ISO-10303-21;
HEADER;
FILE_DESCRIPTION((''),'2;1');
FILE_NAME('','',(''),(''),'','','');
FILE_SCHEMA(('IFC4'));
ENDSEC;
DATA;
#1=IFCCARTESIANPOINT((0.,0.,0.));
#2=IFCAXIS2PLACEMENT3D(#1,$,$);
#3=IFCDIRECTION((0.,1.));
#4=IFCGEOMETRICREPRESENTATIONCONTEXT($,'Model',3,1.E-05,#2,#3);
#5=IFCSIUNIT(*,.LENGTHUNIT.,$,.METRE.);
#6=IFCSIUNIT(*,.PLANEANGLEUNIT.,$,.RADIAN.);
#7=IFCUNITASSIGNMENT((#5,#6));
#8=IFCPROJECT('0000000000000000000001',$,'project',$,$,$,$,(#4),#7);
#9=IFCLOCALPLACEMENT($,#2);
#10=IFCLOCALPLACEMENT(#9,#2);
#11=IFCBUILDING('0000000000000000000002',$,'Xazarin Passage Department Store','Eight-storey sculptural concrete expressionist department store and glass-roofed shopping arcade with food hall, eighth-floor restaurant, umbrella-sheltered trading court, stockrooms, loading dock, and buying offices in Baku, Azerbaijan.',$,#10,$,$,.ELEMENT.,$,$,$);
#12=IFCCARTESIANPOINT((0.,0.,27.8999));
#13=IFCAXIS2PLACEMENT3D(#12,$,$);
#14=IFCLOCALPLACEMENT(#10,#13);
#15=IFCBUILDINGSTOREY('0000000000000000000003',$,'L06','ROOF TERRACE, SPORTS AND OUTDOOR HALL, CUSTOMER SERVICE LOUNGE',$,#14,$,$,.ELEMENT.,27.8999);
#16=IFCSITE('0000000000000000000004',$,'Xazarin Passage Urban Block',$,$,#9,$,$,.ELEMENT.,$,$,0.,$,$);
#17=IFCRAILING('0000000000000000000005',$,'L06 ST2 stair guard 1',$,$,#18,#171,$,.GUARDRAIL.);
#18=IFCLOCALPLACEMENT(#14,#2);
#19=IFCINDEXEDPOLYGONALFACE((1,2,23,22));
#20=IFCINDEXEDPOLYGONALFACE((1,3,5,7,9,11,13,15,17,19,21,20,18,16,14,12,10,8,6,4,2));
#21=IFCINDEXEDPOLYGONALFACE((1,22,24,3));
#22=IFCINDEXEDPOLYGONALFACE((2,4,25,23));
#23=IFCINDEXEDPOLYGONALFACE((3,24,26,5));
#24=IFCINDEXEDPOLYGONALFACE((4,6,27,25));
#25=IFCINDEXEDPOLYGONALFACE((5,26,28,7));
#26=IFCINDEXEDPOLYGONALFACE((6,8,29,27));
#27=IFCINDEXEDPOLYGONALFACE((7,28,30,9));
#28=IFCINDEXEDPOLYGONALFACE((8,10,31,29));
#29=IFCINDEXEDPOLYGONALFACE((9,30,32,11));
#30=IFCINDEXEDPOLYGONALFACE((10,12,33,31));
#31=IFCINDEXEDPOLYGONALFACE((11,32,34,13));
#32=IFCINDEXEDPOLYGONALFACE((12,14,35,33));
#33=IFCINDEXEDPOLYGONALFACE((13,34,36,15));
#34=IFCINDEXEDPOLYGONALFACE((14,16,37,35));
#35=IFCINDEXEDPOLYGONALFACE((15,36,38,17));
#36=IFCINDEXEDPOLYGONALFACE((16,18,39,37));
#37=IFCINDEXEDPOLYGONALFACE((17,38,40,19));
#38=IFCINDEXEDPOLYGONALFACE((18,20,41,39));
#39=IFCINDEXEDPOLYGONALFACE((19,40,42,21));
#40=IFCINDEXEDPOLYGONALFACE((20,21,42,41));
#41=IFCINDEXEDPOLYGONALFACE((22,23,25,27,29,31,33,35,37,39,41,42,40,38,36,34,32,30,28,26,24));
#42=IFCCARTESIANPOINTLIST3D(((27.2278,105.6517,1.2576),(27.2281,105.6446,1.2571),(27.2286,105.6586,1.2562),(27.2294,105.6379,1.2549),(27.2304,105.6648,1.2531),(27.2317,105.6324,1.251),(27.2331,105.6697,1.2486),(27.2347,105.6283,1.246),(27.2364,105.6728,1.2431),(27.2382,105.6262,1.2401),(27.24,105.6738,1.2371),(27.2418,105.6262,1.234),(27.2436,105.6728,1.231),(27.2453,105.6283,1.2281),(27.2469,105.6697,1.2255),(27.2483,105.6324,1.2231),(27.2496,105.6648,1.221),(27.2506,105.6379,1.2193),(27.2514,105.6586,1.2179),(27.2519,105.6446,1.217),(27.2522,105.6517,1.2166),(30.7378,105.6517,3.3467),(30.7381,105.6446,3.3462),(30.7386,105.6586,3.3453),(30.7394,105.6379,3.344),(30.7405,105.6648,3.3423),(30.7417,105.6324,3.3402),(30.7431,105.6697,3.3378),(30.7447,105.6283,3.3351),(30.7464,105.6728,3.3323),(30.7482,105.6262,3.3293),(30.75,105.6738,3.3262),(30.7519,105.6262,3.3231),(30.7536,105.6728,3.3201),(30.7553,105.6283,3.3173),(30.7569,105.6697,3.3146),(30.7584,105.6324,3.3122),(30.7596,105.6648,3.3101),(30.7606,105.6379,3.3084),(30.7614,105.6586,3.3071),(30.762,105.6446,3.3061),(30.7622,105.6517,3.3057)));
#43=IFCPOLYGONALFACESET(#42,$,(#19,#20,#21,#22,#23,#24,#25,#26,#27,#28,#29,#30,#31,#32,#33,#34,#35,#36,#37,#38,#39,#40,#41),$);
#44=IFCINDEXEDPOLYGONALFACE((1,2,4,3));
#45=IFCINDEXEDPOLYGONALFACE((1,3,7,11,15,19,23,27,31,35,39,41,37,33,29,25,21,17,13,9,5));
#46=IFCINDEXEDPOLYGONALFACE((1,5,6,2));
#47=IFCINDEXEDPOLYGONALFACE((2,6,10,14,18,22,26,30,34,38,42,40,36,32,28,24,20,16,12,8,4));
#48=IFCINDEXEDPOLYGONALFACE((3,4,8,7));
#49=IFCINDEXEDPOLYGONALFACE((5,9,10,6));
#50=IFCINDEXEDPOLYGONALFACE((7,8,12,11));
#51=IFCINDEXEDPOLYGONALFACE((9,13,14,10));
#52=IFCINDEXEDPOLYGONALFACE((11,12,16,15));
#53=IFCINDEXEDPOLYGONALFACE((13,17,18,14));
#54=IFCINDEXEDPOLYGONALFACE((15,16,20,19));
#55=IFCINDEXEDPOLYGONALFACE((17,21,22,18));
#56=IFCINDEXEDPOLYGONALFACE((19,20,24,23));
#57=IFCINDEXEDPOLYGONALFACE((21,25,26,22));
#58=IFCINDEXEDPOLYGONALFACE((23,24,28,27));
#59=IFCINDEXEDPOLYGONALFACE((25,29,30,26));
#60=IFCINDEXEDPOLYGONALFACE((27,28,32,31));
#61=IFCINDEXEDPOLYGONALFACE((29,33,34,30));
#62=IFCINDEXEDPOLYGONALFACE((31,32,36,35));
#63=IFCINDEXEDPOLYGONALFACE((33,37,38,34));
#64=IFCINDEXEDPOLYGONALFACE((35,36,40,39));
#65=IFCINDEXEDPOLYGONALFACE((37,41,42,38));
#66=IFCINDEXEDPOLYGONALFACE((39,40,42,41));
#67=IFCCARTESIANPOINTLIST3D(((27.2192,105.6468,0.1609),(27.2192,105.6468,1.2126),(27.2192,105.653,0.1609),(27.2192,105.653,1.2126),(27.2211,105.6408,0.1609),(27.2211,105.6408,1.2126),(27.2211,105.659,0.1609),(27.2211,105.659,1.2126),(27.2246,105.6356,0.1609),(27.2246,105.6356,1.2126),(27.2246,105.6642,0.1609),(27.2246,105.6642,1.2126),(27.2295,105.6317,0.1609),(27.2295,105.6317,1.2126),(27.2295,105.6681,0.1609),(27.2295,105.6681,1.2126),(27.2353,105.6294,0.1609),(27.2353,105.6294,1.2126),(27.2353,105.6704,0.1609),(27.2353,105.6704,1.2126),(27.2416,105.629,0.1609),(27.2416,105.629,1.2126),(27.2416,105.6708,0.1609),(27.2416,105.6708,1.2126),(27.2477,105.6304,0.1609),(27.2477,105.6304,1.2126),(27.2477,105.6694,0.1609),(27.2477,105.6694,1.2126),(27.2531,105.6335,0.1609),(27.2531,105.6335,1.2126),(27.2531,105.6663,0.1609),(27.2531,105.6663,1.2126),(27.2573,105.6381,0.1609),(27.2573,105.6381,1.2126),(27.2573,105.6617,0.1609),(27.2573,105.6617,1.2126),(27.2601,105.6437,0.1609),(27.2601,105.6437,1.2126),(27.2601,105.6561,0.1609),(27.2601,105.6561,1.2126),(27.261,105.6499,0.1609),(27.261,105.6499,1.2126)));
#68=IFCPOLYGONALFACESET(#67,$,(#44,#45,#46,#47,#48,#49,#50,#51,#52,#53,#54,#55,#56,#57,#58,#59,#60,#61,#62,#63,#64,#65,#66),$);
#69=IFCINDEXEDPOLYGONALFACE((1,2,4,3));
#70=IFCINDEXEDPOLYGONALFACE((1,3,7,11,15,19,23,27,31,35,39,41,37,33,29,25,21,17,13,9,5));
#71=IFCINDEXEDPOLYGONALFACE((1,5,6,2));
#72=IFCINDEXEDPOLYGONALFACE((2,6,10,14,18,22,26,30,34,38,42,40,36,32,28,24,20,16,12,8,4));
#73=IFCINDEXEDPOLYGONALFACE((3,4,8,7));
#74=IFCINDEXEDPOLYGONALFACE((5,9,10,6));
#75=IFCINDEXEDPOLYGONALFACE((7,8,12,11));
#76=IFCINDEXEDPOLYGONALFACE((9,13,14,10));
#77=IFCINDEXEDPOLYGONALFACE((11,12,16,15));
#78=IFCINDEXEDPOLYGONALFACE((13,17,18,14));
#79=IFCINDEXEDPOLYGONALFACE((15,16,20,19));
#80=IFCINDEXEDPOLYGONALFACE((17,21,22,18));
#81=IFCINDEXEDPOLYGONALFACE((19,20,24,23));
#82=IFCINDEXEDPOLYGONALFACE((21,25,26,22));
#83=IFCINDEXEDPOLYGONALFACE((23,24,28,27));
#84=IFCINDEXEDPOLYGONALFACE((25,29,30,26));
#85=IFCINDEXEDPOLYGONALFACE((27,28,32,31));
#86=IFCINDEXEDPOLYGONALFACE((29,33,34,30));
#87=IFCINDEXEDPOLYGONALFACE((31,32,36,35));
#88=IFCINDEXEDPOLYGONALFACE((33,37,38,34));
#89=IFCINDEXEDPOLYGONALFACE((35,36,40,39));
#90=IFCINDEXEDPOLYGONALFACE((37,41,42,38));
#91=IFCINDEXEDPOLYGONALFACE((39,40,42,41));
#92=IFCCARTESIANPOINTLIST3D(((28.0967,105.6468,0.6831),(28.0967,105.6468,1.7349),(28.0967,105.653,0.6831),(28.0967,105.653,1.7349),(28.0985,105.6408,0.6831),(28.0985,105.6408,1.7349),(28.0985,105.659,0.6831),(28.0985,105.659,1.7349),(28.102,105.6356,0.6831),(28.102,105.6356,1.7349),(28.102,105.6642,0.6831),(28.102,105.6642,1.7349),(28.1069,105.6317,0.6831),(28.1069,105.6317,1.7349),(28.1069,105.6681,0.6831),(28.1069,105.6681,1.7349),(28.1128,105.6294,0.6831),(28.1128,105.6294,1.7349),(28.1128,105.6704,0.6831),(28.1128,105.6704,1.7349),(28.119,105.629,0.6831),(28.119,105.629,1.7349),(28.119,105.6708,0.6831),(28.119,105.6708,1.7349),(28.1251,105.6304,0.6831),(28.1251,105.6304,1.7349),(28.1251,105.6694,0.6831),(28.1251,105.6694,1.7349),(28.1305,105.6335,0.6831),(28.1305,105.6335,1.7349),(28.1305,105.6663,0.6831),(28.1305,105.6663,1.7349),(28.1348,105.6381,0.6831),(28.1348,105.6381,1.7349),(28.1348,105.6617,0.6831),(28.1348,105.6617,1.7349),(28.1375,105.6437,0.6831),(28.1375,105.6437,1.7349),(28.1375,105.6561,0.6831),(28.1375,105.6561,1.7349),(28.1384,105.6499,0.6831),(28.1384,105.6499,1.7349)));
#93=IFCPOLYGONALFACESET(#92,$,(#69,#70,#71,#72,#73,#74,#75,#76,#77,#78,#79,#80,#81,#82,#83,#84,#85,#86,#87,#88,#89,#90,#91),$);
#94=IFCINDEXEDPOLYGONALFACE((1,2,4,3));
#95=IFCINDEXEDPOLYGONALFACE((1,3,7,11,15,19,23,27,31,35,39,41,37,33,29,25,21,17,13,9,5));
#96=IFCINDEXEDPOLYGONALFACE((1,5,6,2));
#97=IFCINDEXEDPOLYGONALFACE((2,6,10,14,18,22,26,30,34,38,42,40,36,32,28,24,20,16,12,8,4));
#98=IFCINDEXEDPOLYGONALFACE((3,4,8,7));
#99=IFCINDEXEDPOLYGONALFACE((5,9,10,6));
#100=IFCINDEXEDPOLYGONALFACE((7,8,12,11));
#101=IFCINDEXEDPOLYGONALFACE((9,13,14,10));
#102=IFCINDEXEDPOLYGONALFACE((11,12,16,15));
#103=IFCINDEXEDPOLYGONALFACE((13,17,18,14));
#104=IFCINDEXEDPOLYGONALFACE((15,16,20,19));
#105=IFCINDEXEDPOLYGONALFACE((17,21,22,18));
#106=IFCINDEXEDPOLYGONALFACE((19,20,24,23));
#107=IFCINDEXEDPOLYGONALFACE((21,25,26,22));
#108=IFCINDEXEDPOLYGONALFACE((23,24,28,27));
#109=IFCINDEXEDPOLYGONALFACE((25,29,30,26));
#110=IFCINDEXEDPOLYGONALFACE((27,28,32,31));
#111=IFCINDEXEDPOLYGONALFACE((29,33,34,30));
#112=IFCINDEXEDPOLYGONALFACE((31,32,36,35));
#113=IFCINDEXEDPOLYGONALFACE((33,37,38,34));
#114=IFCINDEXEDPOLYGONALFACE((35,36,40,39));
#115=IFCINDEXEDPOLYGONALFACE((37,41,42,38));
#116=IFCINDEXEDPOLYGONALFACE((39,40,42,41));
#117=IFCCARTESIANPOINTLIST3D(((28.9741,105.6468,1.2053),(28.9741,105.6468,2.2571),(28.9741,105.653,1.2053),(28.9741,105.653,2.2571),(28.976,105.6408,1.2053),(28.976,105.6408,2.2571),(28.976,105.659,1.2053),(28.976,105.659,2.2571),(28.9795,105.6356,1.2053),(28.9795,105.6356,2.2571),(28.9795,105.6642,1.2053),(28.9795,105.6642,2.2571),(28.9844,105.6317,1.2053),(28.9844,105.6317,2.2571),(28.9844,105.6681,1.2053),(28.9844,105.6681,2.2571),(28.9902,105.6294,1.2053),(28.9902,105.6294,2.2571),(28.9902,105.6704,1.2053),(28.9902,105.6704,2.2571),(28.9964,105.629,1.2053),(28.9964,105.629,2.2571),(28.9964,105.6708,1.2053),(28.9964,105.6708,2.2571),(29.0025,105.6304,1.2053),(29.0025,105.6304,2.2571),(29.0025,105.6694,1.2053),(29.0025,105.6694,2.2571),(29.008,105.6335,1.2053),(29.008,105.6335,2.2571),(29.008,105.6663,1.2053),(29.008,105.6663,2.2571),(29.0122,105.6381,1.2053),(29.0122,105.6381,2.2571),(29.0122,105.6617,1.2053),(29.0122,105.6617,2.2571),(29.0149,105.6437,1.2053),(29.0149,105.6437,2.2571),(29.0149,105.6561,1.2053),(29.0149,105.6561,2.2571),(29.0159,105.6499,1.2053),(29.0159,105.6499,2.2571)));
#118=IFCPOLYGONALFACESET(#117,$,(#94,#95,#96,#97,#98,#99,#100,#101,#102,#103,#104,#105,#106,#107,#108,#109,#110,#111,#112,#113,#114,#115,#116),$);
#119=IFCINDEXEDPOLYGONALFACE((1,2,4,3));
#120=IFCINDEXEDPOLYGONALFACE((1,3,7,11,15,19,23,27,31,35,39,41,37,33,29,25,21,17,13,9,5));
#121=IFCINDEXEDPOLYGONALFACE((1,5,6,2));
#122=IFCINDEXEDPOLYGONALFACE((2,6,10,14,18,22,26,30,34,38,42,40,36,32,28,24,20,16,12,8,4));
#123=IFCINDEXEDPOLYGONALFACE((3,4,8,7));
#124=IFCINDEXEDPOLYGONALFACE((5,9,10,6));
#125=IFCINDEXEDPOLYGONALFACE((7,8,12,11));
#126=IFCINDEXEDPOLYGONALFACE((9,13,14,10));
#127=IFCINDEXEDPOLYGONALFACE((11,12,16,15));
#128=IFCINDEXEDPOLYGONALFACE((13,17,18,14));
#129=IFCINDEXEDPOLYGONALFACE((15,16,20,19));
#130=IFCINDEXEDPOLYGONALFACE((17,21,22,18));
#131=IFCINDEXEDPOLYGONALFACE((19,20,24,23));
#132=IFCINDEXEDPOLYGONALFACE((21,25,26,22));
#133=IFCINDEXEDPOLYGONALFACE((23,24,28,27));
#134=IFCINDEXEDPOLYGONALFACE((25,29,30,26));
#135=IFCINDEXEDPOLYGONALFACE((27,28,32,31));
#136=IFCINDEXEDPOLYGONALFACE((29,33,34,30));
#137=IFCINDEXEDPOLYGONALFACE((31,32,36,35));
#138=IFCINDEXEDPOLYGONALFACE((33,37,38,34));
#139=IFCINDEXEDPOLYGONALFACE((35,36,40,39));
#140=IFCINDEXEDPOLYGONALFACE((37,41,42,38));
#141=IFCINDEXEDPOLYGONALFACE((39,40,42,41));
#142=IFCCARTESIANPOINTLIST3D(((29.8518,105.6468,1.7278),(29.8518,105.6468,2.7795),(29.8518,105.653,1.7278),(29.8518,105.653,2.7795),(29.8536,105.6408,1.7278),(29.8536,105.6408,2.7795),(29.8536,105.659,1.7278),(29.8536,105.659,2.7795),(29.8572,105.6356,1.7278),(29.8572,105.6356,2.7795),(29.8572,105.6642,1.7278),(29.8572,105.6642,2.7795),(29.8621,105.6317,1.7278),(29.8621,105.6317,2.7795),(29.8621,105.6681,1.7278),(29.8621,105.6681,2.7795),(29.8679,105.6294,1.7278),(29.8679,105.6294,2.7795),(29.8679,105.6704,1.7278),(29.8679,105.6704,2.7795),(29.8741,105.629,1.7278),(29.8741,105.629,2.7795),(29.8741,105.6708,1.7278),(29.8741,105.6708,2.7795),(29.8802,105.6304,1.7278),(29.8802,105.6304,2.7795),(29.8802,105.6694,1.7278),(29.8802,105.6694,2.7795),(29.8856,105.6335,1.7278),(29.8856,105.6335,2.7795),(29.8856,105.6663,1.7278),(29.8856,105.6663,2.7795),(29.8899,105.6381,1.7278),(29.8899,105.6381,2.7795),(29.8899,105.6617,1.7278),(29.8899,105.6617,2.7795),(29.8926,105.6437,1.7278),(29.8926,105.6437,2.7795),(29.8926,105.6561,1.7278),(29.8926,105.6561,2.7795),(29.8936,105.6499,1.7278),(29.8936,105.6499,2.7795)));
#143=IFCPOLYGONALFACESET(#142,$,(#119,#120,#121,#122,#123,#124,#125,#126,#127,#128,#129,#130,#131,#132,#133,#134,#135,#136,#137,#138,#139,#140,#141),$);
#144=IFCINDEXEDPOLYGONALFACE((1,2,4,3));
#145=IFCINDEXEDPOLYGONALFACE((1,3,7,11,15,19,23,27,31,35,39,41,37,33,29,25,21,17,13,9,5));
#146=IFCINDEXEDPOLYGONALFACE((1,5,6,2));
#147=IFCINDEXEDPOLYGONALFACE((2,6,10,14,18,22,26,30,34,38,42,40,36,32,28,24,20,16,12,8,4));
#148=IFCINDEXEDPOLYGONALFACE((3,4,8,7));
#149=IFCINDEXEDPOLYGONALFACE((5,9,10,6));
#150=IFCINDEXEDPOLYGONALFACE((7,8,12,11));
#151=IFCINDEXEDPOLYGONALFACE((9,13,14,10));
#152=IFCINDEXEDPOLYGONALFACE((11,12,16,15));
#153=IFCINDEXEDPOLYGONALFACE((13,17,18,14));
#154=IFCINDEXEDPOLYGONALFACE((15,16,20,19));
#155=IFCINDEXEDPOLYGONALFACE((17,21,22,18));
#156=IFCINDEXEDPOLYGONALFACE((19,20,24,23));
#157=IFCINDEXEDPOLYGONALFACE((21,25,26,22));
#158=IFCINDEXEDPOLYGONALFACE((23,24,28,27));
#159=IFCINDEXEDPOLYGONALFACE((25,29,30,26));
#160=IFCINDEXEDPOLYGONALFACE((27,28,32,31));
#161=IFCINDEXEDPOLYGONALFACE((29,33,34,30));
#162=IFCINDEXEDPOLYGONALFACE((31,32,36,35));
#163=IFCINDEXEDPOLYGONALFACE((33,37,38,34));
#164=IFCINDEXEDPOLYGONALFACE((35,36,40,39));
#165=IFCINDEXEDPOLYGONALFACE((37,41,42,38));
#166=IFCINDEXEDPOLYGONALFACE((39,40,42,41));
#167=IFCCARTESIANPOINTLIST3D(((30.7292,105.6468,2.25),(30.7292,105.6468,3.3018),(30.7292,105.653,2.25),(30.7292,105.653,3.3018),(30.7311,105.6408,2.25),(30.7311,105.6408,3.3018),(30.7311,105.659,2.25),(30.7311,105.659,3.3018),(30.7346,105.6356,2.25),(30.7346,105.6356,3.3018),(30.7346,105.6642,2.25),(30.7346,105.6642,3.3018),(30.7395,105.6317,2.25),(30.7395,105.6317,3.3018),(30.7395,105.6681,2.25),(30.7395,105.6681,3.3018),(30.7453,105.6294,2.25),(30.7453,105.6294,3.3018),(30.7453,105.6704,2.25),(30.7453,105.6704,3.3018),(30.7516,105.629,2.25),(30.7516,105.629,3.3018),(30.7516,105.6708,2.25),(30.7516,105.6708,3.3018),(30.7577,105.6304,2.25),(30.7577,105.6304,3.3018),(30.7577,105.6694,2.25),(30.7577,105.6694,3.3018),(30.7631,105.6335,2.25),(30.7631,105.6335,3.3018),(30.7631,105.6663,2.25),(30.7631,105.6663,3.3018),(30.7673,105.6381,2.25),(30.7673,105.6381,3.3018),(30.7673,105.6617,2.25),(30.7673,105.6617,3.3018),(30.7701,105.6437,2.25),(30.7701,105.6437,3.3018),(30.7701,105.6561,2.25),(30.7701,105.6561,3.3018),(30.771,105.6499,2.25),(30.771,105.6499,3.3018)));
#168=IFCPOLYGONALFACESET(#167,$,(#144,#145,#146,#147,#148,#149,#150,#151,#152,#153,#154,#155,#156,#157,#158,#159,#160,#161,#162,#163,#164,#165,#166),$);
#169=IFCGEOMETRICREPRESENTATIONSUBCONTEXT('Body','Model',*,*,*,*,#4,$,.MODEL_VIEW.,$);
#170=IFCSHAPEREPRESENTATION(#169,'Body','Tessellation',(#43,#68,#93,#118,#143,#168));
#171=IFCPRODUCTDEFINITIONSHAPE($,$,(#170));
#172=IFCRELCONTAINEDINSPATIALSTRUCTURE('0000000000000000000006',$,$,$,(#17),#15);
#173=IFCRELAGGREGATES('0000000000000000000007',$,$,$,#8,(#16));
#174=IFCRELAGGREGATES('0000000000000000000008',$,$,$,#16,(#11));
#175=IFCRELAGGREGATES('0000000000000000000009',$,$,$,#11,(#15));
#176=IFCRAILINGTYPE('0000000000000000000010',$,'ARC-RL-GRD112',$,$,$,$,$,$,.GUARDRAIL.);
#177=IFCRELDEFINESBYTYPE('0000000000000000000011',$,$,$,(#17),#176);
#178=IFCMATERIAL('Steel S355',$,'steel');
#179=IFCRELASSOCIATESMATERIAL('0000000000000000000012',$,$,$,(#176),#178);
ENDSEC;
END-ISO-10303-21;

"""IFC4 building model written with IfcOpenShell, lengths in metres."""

from ifc_helpers import new_model, si_unit, direction, frame, origin, origin_2d, place, context, subcontext, project, spatial, circle, extrude, material, type_object, element, save


model = new_model("IFC4")

# Units and contexts
model_context = context("Model", 3, precision=1e-05, world=origin(), true_north=direction((0.0, 1.0)))
body_context = subcontext(model_context, "Body", "Model", "MODEL_VIEW")
ifc_project = project(units=[si_unit("LENGTHUNIT", "METRE"), si_unit("PLANEANGLEUNIT", "RADIAN")], contexts=[model_context])

# Site, building, storey
site_placement = place(None, origin())
site = spatial("IfcSite", under=ifc_project, at=site_placement, Name="Xazarin Passage Urban Block", CompositionType="ELEMENT", RefElevation=0.0)
building_placement = place(site_placement, origin())
building = spatial("IfcBuilding", under=site, at=building_placement, Name="Xazarin Passage Department Store", Description="Eight-storey sculptural concrete expressionist department store and glass-roofed shopping arcade with food hall, eighth-floor restaurant, umbrella-sheltered trading court, stockrooms, loading dock, and buying offices in Baku, Azerbaijan.", CompositionType="ELEMENT")
storey_placement = place(building_placement, frame((0.0, 0.0, 27.8999)))
storey = spatial("IfcBuildingStorey", under=building, at=storey_placement, Name="L06", Description="ROOF TERRACE, SPORTS AND OUTDOOR HALL, CUSTOMER SERVICE LOUNGE", CompositionType="ELEMENT", Elevation=27.8999)

# Railing
ifc_material_1 = material(Name="Steel S355", Category="steel")
railing_type_1 = type_object("IfcRailingType", Name="ARC-RL-GRD112", PredefinedType="GUARDRAIL", material=ifc_material_1)
railing_1_placement = place(storey_placement, frame((27.24, 105.6499, 0.1609)))
element("IfcRailing", 1, at=railing_1_placement, inside=storey, type_object=railing_type_1, Name="L06 ST2 stair guard 1", PredefinedType="GUARDRAIL", context=body_context, shape_type="SweptSolid", body=[
    extrude(circle(Radius=0.0239, at=origin_2d()), frame((0.0, 0.0, 1.0762), z_axis=(0.859312, 0.0, 0.511451), x_axis=(0.0, 1.0, 0.0)), (0.0, 0.0, 1.0), 4.0847),
    extrude(circle(Radius=0.021, at=origin_2d()), origin(), (0.0, 0.0, 1.0), 1.0518),
    extrude(circle(Radius=0.021, at=origin_2d()), frame((0.8774, 0.0, 0.5222)), (0.0, 0.0, 1.0), 1.0518),
    extrude(circle(Radius=0.021, at=origin_2d()), frame((1.7549, 0.0, 1.0444)), (0.0, 0.0, 1.0), 1.0518),
    extrude(circle(Radius=0.021, at=origin_2d()), frame((2.6326, 0.0, 1.5669)), (0.0, 0.0, 1.0), 1.0518),
    extrude(circle(Radius=0.021, at=origin_2d()), frame((3.51, 0.0, 2.0891)), (0.0, 0.0, 1.0), 1.0518),
])

save(model, "model.ifc")
